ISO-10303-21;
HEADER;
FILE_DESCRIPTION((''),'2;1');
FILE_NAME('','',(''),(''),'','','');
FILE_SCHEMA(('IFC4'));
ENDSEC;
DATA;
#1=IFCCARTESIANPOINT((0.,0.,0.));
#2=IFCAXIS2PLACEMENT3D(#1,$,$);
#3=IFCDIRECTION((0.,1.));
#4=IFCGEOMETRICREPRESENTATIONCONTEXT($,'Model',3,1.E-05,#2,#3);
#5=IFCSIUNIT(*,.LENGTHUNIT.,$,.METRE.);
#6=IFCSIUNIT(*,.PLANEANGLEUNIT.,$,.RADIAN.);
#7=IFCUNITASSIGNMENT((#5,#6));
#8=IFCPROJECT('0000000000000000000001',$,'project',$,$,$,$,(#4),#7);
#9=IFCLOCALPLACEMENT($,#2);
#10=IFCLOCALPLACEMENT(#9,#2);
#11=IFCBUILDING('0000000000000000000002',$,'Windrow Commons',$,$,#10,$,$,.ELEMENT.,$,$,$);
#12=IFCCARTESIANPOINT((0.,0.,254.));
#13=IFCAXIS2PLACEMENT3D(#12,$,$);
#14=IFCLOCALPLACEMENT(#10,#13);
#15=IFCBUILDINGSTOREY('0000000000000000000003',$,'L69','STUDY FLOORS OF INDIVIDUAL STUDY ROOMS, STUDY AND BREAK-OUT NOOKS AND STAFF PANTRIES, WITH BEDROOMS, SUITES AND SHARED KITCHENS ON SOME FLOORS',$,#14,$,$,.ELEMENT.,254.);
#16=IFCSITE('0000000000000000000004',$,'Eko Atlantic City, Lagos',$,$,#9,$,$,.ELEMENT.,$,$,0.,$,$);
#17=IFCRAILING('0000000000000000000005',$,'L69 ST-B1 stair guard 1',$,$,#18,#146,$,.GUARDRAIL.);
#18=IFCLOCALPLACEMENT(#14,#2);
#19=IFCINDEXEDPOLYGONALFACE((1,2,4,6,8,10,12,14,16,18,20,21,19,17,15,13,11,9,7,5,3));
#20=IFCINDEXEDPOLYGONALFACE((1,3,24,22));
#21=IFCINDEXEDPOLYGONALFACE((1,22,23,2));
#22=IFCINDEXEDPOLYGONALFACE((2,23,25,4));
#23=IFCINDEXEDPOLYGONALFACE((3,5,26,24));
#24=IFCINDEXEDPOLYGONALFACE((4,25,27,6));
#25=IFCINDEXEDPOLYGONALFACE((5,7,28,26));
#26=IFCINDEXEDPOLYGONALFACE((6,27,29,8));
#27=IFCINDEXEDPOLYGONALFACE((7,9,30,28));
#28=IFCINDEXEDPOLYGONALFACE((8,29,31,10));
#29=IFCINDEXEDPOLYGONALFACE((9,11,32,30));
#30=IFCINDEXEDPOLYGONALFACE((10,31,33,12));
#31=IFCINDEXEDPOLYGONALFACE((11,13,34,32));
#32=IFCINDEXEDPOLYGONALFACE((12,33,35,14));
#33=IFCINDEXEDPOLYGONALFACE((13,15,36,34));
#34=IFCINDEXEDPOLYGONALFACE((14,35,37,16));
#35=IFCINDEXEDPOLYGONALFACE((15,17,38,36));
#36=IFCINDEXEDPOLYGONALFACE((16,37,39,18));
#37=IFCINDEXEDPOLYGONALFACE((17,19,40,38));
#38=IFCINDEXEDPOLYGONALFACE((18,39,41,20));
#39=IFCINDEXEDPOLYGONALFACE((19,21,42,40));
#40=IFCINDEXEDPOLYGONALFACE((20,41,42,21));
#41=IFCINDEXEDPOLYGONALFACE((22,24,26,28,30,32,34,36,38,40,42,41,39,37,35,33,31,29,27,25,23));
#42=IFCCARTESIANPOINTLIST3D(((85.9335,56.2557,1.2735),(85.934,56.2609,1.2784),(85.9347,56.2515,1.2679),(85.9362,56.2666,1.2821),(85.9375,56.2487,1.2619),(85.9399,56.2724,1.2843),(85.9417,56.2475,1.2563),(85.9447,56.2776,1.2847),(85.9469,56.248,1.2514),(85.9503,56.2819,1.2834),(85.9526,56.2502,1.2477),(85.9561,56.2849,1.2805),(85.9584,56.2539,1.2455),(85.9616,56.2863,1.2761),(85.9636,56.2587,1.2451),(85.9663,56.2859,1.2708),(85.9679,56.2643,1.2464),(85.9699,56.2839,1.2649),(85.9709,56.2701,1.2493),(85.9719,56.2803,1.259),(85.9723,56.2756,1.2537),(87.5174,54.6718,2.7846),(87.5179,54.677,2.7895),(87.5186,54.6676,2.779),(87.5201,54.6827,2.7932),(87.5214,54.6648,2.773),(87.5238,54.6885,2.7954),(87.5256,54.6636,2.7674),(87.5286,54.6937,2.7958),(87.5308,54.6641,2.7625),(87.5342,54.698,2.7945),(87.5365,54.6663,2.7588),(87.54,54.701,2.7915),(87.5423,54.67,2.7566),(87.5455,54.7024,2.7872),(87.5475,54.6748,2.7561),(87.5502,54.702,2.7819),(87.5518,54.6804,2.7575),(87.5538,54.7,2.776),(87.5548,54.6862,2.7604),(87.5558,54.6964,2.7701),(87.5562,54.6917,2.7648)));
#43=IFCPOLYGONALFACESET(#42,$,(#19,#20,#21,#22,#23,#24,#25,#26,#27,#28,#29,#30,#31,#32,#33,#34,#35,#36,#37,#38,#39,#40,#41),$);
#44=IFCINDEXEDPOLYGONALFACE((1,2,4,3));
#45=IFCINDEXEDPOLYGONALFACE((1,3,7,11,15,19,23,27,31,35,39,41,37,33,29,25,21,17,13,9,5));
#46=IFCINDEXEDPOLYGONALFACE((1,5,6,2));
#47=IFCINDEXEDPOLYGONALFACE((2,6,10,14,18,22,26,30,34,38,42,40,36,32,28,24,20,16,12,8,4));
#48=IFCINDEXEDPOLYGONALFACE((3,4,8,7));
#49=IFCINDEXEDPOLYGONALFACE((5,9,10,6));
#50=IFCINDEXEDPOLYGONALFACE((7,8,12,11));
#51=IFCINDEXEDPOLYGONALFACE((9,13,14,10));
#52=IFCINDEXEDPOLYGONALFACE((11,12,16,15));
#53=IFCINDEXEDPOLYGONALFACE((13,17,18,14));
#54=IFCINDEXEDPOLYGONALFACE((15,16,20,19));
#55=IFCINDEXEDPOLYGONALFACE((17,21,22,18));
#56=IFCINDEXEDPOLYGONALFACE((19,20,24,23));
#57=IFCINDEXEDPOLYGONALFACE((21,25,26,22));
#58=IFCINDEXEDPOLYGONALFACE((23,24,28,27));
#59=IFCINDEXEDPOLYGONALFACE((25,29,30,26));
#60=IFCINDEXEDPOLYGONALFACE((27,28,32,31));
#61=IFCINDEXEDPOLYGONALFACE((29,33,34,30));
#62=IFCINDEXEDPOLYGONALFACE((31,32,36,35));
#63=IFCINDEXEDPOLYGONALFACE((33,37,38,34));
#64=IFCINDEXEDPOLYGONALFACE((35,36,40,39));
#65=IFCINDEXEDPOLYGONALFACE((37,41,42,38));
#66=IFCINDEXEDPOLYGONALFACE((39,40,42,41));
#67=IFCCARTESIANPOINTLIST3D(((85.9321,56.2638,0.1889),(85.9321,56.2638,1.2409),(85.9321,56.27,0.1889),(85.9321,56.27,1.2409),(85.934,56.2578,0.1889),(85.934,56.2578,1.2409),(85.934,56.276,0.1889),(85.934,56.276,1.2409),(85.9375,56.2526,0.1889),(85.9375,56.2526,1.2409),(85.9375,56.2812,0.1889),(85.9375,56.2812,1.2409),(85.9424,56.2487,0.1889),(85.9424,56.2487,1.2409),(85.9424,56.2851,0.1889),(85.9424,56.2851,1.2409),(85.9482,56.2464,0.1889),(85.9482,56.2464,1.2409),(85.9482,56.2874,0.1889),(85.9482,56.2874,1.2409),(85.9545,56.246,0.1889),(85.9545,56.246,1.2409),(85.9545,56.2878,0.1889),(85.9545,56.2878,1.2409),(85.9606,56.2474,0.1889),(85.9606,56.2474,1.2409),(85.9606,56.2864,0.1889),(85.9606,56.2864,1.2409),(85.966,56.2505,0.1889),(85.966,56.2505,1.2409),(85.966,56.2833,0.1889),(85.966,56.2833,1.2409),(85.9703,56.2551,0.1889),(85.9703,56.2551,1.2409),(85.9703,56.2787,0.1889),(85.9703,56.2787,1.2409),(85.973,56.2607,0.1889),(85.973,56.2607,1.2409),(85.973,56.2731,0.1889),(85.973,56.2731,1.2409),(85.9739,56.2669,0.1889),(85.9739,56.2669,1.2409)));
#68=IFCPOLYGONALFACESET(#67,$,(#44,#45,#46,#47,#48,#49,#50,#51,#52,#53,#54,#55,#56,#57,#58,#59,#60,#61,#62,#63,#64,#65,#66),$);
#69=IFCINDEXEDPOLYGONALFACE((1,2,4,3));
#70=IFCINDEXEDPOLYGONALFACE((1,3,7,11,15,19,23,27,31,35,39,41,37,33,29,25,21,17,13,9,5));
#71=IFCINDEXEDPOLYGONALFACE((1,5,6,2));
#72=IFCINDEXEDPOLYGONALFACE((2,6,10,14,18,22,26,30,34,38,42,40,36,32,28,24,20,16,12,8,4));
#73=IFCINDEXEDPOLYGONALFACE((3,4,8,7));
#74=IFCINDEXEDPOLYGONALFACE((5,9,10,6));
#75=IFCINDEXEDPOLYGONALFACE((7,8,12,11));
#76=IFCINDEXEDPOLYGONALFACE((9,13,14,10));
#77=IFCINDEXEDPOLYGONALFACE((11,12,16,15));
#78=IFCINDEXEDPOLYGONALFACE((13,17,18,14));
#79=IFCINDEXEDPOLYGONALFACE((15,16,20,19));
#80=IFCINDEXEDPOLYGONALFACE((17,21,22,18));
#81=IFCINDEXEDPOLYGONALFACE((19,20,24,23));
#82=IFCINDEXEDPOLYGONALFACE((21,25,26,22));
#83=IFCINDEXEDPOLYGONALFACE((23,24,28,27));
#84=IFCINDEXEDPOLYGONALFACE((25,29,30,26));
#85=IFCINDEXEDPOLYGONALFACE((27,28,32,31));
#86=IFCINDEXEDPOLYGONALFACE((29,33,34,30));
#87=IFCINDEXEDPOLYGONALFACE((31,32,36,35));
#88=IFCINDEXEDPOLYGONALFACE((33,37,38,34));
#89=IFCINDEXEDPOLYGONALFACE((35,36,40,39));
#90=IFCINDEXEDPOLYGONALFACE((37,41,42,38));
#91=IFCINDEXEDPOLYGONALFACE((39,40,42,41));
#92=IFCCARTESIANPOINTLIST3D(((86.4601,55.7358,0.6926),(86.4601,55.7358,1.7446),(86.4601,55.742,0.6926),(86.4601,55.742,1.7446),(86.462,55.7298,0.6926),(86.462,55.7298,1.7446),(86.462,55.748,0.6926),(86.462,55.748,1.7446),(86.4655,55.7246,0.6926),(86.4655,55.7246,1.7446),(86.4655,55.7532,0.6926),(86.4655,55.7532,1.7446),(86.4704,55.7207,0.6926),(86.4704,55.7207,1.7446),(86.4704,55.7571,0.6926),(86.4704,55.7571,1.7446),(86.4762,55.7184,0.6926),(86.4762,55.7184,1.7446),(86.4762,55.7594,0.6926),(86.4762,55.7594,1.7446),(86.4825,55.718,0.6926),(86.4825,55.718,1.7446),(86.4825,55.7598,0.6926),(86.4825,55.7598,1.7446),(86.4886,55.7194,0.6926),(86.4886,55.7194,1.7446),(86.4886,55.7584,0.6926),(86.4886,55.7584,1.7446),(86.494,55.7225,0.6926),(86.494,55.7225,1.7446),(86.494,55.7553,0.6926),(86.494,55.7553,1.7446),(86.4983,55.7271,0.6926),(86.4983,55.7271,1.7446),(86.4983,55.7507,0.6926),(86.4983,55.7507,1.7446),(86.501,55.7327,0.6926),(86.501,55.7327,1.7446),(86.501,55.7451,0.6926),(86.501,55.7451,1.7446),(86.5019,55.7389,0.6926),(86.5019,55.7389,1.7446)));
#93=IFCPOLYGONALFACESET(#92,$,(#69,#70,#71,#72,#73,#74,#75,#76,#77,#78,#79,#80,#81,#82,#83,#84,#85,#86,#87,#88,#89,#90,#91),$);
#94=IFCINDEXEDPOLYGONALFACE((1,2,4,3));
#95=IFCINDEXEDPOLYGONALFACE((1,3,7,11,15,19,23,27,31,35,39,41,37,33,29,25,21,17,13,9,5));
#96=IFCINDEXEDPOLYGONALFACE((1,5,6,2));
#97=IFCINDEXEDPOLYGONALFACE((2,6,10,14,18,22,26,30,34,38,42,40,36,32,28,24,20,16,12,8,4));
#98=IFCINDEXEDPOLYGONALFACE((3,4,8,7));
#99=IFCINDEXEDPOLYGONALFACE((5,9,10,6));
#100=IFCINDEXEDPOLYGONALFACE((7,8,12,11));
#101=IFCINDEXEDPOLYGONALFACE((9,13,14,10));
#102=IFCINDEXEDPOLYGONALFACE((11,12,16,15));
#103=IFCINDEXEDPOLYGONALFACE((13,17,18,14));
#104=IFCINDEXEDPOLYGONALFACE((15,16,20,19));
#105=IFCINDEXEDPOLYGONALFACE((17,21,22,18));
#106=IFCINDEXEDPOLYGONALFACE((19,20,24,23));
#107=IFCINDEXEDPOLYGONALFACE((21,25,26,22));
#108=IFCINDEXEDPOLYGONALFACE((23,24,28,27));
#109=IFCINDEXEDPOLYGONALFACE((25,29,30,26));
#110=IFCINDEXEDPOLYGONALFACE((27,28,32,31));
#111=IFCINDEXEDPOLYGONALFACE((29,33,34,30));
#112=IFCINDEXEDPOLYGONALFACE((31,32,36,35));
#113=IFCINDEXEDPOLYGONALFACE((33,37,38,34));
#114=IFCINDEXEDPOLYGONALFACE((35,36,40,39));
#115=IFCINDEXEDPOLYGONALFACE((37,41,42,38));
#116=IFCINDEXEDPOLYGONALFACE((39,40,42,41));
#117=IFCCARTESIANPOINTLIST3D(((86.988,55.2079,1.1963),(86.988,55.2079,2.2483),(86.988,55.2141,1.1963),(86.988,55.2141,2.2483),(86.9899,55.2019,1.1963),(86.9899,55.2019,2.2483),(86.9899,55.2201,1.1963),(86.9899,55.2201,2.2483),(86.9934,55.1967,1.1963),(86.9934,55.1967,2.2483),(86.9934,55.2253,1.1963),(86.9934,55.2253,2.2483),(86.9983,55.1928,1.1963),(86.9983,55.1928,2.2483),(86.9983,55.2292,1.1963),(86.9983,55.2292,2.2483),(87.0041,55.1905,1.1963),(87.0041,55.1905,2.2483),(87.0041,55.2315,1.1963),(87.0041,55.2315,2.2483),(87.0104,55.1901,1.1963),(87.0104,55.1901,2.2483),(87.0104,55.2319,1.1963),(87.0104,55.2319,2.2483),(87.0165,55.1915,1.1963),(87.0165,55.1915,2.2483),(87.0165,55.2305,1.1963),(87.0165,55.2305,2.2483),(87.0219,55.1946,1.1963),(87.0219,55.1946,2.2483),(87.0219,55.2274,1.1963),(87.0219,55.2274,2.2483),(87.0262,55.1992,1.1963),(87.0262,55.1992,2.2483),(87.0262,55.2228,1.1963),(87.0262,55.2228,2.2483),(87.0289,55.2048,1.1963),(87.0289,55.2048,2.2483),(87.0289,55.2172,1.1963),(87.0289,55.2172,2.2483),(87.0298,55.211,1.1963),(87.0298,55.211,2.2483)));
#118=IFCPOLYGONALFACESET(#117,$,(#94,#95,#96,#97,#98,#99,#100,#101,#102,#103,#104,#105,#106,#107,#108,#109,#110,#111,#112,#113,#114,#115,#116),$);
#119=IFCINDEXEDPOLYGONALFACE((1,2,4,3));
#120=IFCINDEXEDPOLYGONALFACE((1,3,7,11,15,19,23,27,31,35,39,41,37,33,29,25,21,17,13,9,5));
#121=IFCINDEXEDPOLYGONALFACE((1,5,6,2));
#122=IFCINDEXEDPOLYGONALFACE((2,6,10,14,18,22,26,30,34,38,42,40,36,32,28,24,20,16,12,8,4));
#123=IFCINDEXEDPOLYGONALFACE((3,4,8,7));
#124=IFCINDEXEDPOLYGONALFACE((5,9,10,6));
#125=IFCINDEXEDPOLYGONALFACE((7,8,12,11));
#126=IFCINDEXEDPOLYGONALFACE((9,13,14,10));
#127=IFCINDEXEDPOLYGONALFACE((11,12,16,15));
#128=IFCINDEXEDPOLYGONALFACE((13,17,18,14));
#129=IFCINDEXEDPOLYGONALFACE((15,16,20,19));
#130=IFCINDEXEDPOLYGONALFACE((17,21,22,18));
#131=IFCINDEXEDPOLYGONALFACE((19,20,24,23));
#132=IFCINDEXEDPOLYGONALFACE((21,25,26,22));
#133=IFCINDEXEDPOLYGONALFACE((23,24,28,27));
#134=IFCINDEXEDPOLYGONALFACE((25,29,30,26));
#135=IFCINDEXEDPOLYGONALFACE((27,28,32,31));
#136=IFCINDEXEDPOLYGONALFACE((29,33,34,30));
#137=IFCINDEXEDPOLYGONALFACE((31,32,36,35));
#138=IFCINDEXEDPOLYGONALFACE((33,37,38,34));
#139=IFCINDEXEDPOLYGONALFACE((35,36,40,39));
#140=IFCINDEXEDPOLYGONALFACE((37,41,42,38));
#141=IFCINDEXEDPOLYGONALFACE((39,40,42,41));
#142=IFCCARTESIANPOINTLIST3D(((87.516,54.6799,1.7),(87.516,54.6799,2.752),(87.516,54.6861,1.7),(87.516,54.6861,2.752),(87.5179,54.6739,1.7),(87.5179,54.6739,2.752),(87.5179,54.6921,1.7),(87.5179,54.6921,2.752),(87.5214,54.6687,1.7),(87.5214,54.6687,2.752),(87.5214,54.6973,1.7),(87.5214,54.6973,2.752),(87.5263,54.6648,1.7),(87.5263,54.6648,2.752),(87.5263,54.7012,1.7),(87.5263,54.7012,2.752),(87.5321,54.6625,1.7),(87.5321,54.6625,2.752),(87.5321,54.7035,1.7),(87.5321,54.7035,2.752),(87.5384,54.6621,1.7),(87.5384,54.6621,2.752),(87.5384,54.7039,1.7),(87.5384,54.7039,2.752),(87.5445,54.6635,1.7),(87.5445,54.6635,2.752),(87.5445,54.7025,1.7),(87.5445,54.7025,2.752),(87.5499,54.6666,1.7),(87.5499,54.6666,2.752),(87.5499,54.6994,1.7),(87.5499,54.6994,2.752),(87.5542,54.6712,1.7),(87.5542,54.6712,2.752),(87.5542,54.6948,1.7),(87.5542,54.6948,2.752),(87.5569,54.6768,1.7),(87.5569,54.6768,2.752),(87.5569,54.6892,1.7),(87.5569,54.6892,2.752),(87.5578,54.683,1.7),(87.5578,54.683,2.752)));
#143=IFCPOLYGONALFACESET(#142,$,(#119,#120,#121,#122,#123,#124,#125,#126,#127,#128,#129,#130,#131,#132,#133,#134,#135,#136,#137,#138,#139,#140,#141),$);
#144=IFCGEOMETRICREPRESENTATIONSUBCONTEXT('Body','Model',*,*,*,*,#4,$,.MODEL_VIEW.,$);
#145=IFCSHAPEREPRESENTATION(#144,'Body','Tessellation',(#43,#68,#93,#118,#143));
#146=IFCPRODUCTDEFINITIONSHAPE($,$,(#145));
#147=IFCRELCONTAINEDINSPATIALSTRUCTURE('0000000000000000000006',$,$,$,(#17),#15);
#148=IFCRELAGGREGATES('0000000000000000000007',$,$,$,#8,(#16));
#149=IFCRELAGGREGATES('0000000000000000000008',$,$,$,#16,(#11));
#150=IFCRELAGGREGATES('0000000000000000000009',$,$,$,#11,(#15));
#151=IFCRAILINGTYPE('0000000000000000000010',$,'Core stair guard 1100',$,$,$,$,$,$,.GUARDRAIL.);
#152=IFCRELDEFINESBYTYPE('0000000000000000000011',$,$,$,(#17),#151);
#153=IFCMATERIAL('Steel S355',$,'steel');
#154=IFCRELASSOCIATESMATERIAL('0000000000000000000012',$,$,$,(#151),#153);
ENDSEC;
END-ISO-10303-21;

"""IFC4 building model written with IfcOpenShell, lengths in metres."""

from ifc_helpers import new_model, si_unit, direction, frame, origin, origin_2d, place, context, subcontext, project, spatial, circle, extrude, material, type_object, element, save


model = new_model("IFC4")

# Units and contexts
model_context = context("Model", 3, precision=1e-05, world=origin(), true_north=direction((0.0, 1.0)))
body_context = subcontext(model_context, "Body", "Model", "MODEL_VIEW")
ifc_project = project(units=[si_unit("LENGTHUNIT", "METRE"), si_unit("PLANEANGLEUNIT", "RADIAN")], contexts=[model_context])

# Site, building, storey
site_placement = place(None, origin())
site = spatial("IfcSite", under=ifc_project, at=site_placement, Name="Eko Atlantic City, Lagos", CompositionType="ELEMENT", RefElevation=0.0)
building_placement = place(site_placement, origin())
building = spatial("IfcBuilding", under=site, at=building_placement, Name="Windrow Commons", CompositionType="ELEMENT")
storey_placement = place(building_placement, frame((0.0, 0.0, 254.0)))
storey = spatial("IfcBuildingStorey", under=building, at=storey_placement, Name="L69", Description="STUDY FLOORS OF INDIVIDUAL STUDY ROOMS, STUDY AND BREAK-OUT NOOKS AND STAFF PANTRIES, WITH BEDROOMS, SUITES AND SHARED KITCHENS ON SOME FLOORS", CompositionType="ELEMENT", Elevation=254.0)

# Railing
ifc_material_1 = material(Name="Steel S355", Category="steel")
railing_type_1 = type_object("IfcRailingType", Name="Core stair guard 1100", PredefinedType="GUARDRAIL", material=ifc_material_1)
railing_1_placement = place(storey_placement, frame((85.9529, 56.2669, 0.1889)))
element("IfcRailing", 1, at=railing_1_placement, inside=storey, type_object=railing_type_1, Name="L69 ST-B1 stair guard 1", PredefinedType="GUARDRAIL", context=body_context, shape_type="SweptSolid", body=[
    extrude(circle(Radius=0.024, at=origin_2d()), frame((0.0, 0.0, 1.076), z_axis=(0.586191, -0.586191, 0.559249), x_axis=(0.707107, 0.707107, 0.0)), (0.0, 0.0, 1.0), 2.702),
    extrude(circle(Radius=0.021, at=origin_2d()), origin(), (0.0, 0.0, 1.0), 1.052),
    extrude(circle(Radius=0.021, at=origin_2d()), frame((0.528, -0.528, 0.5037)), (0.0, 0.0, 1.0), 1.052),
    extrude(circle(Radius=0.021, at=origin_2d()), frame((1.0559, -1.0559, 1.0074)), (0.0, 0.0, 1.0), 1.052),
    extrude(circle(Radius=0.021, at=origin_2d()), frame((1.5839, -1.5839, 1.5111)), (0.0, 0.0, 1.0), 1.052),
])

save(model, "model.ifc")
